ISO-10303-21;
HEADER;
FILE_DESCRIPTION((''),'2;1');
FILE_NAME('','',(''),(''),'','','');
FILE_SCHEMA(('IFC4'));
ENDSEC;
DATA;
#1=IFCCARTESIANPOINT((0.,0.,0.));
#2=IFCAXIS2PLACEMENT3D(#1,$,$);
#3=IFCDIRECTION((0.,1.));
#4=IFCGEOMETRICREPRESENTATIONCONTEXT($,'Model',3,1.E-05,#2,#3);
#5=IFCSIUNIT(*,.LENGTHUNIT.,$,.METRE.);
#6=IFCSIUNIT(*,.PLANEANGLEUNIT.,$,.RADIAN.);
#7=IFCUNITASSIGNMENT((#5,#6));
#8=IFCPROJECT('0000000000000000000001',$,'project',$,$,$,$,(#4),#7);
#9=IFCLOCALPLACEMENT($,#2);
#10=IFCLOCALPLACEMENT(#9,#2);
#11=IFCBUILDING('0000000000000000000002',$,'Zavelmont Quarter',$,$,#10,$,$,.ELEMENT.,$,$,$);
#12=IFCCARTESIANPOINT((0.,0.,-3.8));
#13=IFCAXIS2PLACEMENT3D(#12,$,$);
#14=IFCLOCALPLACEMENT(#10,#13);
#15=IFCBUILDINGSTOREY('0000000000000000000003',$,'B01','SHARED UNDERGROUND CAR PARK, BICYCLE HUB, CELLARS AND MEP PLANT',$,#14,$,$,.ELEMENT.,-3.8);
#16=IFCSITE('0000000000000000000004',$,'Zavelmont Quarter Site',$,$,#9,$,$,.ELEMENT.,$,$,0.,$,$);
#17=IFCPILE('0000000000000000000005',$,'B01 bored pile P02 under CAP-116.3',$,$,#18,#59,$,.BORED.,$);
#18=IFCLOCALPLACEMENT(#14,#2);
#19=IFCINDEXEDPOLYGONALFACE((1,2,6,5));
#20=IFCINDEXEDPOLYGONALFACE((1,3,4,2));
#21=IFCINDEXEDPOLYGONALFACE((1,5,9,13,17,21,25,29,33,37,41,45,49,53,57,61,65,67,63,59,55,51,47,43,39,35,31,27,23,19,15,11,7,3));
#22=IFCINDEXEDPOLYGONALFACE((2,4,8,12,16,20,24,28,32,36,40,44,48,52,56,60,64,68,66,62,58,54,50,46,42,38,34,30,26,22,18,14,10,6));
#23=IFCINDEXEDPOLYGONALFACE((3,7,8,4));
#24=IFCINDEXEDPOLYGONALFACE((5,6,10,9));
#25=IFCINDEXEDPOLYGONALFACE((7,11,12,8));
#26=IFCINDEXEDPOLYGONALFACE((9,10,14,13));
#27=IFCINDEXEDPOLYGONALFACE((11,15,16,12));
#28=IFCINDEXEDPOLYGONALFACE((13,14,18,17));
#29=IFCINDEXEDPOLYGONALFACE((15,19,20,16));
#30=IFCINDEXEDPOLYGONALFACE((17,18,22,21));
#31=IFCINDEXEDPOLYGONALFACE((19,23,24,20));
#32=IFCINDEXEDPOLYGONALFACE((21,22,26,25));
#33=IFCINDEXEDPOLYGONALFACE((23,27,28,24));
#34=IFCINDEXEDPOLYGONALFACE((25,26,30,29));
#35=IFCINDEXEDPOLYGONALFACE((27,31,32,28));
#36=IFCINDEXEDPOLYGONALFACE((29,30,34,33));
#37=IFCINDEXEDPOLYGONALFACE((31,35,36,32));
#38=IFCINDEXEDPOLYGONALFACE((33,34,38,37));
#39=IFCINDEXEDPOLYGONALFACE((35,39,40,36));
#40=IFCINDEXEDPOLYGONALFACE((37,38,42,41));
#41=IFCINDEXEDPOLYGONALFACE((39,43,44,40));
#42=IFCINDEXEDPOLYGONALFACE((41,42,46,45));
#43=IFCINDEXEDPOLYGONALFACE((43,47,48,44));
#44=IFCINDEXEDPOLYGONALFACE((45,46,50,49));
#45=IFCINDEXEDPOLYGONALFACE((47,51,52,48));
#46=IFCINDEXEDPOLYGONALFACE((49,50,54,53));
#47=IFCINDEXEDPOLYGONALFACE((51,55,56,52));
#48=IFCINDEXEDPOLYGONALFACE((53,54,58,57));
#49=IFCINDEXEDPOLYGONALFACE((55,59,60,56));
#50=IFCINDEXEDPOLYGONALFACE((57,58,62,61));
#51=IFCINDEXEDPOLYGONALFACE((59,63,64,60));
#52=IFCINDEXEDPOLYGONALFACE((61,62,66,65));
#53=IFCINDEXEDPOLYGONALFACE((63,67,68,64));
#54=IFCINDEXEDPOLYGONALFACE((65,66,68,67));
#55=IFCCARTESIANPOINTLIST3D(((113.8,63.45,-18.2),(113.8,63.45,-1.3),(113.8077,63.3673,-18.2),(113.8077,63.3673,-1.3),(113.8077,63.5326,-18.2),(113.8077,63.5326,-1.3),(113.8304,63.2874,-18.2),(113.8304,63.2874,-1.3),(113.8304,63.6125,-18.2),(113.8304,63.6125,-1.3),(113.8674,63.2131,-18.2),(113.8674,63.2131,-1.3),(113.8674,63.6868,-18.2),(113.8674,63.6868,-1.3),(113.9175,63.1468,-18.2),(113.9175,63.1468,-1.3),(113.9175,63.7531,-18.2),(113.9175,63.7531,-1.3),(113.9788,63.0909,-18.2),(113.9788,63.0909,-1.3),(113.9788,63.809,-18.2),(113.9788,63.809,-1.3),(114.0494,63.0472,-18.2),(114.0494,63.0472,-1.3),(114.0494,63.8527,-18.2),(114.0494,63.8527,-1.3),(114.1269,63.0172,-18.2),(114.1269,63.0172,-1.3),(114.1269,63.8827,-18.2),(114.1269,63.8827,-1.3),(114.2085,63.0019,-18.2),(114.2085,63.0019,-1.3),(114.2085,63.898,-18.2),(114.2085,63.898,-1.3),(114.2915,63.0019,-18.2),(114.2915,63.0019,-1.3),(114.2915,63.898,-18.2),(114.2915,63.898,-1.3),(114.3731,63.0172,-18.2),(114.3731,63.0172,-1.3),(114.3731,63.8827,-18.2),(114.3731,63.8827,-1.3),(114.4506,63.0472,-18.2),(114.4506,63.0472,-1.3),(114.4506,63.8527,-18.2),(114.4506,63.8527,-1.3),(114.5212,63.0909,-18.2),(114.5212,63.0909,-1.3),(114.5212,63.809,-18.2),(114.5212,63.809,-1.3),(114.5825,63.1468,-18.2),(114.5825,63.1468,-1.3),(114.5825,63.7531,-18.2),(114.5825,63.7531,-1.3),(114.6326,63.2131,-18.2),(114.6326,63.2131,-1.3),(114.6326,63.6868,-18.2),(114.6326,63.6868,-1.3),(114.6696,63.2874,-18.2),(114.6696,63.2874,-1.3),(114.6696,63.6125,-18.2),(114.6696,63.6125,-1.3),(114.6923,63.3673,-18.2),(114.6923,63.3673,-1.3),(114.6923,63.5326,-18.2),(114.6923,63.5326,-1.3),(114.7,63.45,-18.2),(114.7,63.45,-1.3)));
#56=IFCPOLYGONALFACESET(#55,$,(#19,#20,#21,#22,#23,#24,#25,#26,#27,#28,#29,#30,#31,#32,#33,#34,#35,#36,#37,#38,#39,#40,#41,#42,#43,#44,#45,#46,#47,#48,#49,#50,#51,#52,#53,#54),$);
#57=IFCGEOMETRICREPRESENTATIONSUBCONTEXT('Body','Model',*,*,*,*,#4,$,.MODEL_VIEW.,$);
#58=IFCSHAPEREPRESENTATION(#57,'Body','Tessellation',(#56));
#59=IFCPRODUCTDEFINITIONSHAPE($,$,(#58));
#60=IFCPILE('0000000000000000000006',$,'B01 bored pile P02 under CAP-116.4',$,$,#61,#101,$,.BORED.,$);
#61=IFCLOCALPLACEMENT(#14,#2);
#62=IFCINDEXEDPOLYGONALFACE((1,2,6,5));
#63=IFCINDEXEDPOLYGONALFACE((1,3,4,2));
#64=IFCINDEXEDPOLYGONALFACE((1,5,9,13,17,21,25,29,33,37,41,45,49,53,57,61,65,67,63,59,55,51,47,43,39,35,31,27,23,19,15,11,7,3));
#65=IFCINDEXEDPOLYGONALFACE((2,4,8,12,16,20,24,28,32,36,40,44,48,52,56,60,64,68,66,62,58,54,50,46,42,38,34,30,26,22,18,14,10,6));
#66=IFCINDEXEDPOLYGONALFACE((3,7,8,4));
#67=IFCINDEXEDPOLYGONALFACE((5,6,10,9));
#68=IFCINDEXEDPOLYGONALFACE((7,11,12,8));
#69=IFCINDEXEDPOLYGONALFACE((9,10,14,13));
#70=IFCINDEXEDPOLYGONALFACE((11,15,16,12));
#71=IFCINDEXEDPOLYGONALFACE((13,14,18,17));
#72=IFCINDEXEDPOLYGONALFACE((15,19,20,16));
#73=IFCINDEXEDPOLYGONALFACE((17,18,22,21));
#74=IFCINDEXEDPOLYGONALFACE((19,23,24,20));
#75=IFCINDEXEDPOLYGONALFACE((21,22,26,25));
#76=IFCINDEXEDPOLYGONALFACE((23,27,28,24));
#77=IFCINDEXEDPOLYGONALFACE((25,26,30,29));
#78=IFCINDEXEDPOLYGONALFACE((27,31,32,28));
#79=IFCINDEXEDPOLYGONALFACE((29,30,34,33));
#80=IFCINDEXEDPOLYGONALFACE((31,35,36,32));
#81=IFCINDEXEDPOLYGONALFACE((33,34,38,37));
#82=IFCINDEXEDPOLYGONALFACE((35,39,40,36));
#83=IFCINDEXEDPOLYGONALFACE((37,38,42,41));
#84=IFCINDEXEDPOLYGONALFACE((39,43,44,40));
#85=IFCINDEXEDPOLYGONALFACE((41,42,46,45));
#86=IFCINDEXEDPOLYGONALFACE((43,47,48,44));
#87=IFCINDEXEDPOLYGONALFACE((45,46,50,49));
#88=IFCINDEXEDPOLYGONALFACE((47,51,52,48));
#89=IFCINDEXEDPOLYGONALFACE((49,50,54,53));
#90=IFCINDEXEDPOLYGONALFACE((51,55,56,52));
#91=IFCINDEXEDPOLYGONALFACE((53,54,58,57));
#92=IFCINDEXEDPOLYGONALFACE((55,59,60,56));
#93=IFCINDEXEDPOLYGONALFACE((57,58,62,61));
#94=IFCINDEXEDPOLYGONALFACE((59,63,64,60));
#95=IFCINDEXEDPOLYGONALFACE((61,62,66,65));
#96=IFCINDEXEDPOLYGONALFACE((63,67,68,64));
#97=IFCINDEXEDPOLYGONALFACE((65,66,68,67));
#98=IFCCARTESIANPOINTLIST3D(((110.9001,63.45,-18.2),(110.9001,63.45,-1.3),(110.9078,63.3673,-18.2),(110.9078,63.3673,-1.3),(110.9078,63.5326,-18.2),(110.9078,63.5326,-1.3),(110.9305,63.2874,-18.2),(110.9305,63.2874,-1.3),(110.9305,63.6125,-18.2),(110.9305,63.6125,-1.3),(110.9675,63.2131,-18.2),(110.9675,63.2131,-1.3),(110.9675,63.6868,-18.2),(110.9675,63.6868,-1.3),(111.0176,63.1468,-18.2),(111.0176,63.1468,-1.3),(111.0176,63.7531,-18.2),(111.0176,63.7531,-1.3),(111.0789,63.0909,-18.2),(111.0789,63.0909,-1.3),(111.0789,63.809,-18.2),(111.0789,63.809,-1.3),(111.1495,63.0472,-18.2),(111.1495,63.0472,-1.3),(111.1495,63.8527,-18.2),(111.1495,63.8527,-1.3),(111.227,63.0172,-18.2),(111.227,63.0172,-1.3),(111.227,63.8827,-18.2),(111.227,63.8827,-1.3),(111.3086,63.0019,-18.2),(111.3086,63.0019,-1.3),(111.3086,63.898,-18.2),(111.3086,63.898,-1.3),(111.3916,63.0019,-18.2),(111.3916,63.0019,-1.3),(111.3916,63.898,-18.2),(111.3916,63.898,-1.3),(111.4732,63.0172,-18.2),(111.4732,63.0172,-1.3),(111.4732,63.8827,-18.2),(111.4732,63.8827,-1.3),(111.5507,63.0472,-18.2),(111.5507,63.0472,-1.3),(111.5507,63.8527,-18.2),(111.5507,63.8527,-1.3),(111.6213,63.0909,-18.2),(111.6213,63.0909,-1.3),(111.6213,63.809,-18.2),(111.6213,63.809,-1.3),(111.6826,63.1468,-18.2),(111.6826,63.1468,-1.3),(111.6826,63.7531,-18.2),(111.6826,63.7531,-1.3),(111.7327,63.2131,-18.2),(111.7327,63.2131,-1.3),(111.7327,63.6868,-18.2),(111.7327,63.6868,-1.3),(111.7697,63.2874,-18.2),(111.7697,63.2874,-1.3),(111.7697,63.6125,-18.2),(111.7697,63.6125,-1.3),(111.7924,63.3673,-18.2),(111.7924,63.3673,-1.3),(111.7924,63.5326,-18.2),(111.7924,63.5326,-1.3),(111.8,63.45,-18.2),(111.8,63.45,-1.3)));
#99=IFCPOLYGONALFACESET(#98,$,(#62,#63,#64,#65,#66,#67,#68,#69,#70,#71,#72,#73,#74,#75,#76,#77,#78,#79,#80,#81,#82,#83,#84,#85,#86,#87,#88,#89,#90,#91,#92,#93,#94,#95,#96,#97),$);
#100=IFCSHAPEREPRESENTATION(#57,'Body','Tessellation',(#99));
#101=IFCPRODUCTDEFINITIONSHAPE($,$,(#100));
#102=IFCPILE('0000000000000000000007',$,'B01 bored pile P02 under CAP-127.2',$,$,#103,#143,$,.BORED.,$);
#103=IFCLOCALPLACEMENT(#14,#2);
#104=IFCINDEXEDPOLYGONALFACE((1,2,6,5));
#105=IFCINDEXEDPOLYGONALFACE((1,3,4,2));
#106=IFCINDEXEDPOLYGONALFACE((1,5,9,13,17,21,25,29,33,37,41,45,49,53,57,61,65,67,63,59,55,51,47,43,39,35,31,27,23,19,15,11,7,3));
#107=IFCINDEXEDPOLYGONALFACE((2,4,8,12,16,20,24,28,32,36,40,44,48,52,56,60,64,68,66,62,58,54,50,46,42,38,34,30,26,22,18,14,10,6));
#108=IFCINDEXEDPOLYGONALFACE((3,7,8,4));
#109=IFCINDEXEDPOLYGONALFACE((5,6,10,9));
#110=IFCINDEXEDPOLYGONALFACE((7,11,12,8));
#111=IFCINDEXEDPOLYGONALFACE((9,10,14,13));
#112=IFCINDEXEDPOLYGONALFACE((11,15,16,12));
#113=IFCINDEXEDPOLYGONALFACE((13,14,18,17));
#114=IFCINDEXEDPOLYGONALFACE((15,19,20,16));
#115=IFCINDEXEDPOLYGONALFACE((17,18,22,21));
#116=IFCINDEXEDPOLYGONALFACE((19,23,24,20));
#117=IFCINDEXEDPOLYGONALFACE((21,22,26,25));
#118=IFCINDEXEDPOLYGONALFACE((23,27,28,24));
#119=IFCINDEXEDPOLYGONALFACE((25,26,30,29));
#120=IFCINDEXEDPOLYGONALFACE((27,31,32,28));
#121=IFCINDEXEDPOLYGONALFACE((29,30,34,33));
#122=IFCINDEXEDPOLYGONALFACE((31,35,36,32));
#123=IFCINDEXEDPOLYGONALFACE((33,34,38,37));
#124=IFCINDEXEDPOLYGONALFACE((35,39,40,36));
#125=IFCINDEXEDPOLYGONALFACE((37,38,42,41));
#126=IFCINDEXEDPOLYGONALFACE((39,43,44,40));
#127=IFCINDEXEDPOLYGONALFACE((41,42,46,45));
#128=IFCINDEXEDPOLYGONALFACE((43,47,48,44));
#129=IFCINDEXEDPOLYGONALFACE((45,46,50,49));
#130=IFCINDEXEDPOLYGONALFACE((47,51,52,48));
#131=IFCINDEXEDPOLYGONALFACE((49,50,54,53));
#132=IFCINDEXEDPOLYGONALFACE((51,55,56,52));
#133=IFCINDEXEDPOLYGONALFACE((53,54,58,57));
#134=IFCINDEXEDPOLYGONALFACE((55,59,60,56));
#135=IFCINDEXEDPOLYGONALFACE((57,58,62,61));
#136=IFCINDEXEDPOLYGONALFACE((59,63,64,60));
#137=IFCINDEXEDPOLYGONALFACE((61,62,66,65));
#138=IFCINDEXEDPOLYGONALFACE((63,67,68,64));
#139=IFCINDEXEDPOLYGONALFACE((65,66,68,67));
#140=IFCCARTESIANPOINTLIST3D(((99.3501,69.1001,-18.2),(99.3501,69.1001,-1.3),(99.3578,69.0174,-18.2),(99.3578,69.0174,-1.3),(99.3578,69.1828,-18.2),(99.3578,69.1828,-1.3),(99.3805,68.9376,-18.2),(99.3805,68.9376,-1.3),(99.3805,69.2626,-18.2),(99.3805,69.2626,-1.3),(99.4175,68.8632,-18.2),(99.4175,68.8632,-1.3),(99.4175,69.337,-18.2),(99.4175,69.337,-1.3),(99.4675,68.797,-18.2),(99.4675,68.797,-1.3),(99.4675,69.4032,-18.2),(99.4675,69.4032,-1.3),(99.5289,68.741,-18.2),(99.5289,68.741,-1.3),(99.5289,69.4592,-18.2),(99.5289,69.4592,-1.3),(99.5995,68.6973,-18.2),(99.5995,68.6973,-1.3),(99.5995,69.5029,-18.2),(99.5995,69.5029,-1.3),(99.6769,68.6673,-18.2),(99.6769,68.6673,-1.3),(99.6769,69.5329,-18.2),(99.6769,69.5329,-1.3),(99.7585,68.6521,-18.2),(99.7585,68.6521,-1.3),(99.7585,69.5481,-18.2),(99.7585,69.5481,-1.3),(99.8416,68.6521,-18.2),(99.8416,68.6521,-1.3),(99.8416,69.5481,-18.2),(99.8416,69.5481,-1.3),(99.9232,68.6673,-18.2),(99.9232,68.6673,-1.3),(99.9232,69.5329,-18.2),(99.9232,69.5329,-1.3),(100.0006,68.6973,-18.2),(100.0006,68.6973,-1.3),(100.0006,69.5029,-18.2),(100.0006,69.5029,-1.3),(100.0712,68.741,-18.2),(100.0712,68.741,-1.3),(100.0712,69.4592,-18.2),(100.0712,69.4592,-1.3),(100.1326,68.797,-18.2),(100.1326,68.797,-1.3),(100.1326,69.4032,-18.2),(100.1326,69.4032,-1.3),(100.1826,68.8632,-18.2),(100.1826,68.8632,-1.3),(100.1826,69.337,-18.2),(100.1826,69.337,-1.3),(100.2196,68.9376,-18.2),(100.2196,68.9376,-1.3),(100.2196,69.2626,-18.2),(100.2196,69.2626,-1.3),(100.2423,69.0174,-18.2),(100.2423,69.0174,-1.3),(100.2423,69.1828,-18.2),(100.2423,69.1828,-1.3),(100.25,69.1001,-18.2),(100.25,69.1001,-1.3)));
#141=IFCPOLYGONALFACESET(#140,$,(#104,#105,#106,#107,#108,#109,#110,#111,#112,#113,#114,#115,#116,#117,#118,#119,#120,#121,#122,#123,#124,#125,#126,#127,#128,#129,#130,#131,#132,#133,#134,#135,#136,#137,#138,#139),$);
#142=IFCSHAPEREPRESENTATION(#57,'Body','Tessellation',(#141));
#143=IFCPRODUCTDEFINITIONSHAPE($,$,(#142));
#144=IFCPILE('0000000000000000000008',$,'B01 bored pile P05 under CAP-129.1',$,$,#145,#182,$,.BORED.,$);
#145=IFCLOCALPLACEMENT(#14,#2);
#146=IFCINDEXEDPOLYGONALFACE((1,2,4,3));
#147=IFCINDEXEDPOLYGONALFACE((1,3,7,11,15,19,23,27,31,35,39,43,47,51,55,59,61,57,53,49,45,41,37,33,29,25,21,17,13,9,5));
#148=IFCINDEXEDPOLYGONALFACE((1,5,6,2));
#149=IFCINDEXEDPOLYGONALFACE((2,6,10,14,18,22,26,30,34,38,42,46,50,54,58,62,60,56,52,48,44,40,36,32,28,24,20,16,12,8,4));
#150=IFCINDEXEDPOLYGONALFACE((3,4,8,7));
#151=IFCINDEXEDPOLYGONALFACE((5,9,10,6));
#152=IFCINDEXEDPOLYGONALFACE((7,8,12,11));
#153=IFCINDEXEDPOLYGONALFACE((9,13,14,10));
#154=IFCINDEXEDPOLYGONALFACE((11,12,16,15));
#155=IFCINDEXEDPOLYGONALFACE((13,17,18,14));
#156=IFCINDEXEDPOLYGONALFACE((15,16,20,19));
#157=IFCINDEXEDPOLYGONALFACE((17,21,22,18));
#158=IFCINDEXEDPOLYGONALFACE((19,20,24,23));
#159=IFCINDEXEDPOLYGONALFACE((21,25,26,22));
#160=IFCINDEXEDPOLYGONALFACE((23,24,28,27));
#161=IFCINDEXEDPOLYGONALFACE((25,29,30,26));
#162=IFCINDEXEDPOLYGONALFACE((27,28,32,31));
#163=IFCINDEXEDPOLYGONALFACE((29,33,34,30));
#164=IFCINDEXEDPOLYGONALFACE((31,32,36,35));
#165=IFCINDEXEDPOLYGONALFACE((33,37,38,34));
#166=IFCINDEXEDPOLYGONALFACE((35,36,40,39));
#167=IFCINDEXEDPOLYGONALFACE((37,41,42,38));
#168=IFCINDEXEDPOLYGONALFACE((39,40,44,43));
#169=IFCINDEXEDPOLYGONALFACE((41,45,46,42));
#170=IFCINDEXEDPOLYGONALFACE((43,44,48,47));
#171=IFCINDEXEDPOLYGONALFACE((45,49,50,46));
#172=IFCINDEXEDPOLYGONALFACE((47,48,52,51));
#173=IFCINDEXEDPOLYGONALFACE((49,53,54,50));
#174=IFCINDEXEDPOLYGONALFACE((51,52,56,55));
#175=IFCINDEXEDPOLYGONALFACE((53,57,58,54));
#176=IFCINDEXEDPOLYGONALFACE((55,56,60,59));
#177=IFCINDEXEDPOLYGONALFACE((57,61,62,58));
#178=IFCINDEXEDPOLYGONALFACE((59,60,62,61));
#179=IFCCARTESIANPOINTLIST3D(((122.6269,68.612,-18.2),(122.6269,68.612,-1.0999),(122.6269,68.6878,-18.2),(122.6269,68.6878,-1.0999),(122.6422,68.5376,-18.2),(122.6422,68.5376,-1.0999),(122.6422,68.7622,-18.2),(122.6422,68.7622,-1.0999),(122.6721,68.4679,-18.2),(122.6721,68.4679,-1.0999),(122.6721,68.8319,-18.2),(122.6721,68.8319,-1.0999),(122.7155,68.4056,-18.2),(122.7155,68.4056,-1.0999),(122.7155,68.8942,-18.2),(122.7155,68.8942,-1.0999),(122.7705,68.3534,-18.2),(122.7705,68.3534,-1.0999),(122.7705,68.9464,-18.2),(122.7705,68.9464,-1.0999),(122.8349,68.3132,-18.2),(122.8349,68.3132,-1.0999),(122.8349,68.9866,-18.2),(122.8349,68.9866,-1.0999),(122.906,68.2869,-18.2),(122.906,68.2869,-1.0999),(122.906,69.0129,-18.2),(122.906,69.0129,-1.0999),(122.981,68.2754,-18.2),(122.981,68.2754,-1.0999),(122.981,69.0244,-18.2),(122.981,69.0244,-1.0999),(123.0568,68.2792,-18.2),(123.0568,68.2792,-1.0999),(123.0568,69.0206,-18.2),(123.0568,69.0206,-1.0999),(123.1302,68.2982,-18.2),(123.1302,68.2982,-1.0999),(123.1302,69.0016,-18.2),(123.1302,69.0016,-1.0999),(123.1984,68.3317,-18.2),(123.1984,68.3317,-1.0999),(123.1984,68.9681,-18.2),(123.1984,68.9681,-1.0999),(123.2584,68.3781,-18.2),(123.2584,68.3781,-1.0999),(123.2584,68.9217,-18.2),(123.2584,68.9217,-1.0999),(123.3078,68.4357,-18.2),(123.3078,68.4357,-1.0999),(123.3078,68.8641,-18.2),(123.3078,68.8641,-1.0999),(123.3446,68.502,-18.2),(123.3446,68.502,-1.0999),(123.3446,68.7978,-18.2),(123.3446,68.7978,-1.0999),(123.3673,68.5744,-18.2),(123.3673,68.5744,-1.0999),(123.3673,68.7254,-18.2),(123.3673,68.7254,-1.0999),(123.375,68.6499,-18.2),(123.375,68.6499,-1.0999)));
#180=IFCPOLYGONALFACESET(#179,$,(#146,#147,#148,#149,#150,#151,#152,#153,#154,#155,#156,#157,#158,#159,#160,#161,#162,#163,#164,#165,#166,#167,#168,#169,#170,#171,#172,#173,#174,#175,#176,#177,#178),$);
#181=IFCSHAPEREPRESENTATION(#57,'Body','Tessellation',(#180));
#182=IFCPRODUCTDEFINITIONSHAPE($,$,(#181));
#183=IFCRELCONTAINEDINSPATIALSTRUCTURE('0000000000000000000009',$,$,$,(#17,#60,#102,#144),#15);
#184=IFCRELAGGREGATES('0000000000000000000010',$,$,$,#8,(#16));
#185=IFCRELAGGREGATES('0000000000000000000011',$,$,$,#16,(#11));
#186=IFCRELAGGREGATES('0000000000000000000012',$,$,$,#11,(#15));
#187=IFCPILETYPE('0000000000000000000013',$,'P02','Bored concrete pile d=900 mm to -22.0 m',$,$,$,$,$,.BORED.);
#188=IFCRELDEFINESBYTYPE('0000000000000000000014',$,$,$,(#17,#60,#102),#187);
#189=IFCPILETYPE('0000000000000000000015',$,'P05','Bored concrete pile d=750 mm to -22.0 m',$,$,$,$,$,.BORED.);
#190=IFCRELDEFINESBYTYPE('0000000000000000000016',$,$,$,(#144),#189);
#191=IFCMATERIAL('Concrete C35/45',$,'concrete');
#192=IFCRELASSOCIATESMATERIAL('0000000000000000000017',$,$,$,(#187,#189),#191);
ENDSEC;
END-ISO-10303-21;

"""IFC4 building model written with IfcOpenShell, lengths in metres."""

from ifc_helpers import new_model, si_unit, direction, frame, origin, origin_2d, place, context, subcontext, project, spatial, circle, extrude, material, material_profile, profile_set, type_object, element, save


model = new_model("IFC4")

# Units and contexts
model_context = context("Model", 3, precision=1e-05, world=origin(), true_north=direction((0.0, 1.0)))
body_context = subcontext(model_context, "Body", "Model", "MODEL_VIEW")
ifc_project = project(units=[si_unit("LENGTHUNIT", "METRE"), si_unit("PLANEANGLEUNIT", "RADIAN")], contexts=[model_context])

# Site, building, storey
site_placement = place(None, origin())
site = spatial("IfcSite", under=ifc_project, at=site_placement, Name="Zavelmont Quarter Site", CompositionType="ELEMENT", RefElevation=0.0)
building_placement = place(site_placement, origin())
building = spatial("IfcBuilding", under=site, at=building_placement, Name="Zavelmont Quarter", CompositionType="ELEMENT")
storey_placement = place(building_placement, frame((0.0, 0.0, -3.8)))
storey = spatial("IfcBuildingStorey", under=building, at=storey_placement, Name="B01", Description="SHARED UNDERGROUND CAR PARK, BICYCLE HUB, CELLARS AND MEP PLANT", CompositionType="ELEMENT", Elevation=-3.8)

# Shared definitions
ifc_material_1 = material(Name="Concrete C35/45", Category="concrete")

# Piles
ifc_material_profile_1 = material_profile(ifc_material_1, circle(Radius=0.45, at=origin_2d()), Name="BP900")
ifc_profile_set_1 = profile_set([ifc_material_profile_1], Name="Concrete C35/45")
pile_type_1 = type_object("IfcPileType", Name="P02", Description="Bored concrete pile d=900 mm to -22.0 m", PredefinedType="BORED", material=ifc_profile_set_1)
for number, where, z_axis, x_axis, name in (
    (1, (114.25, 63.45, -1.3), (0.0, 0.0, -1.0), (1.0, 0.0, 0.0), "B01 bored pile P02 under CAP-116.3"),
    (2, (111.3501, 63.45, -1.3), (0.0, 0.0, -1.0), (1.0, 0.0, 0.0), "B01 bored pile P02 under CAP-116.4"),
    (3, (99.8, 69.1001, -1.3), (0.0, 0.0, -1.0), (1.0, 0.0, 0.0), "B01 bored pile P02 under CAP-127.2"),
):
    element("IfcPile", number, at=place(storey_placement, frame(where, z_axis=z_axis, x_axis=x_axis)), inside=storey, type_object=pile_type_1, Name=name, PredefinedType="BORED", context=body_context, shape_type="SweptSolid", body=[
        extrude(circle(Radius=0.45, at=origin_2d()), origin(), (0.0, 0.0, 1.0), 16.8999),
    ])
ifc_material_profile_2 = material_profile(ifc_material_1, circle(Radius=0.375, at=origin_2d()), Name="BP750")
ifc_profile_set_2 = profile_set([ifc_material_profile_2], Name="Concrete C35/45")
pile_type_2 = type_object("IfcPileType", Name="P05", Description="Bored concrete pile d=750 mm to -22.0 m", PredefinedType="BORED", material=ifc_profile_set_2)
for number, where, z_axis, x_axis, name in (
    (4, (123.0, 68.6499, -1.0999), (0.0, 0.0, -1.0), (1.0, 0.0, 0.0), "B01 bored pile P05 under CAP-129.1"),
):
    element("IfcPile", number, at=place(storey_placement, frame(where, z_axis=z_axis, x_axis=x_axis)), inside=storey, type_object=pile_type_2, Name=name, PredefinedType="BORED", context=body_context, shape_type="SweptSolid", body=[
        extrude(circle(Radius=0.375, at=origin_2d()), origin(), (0.0, 0.0, 1.0), 17.1001),
    ])

save(model, "model.ifc")
